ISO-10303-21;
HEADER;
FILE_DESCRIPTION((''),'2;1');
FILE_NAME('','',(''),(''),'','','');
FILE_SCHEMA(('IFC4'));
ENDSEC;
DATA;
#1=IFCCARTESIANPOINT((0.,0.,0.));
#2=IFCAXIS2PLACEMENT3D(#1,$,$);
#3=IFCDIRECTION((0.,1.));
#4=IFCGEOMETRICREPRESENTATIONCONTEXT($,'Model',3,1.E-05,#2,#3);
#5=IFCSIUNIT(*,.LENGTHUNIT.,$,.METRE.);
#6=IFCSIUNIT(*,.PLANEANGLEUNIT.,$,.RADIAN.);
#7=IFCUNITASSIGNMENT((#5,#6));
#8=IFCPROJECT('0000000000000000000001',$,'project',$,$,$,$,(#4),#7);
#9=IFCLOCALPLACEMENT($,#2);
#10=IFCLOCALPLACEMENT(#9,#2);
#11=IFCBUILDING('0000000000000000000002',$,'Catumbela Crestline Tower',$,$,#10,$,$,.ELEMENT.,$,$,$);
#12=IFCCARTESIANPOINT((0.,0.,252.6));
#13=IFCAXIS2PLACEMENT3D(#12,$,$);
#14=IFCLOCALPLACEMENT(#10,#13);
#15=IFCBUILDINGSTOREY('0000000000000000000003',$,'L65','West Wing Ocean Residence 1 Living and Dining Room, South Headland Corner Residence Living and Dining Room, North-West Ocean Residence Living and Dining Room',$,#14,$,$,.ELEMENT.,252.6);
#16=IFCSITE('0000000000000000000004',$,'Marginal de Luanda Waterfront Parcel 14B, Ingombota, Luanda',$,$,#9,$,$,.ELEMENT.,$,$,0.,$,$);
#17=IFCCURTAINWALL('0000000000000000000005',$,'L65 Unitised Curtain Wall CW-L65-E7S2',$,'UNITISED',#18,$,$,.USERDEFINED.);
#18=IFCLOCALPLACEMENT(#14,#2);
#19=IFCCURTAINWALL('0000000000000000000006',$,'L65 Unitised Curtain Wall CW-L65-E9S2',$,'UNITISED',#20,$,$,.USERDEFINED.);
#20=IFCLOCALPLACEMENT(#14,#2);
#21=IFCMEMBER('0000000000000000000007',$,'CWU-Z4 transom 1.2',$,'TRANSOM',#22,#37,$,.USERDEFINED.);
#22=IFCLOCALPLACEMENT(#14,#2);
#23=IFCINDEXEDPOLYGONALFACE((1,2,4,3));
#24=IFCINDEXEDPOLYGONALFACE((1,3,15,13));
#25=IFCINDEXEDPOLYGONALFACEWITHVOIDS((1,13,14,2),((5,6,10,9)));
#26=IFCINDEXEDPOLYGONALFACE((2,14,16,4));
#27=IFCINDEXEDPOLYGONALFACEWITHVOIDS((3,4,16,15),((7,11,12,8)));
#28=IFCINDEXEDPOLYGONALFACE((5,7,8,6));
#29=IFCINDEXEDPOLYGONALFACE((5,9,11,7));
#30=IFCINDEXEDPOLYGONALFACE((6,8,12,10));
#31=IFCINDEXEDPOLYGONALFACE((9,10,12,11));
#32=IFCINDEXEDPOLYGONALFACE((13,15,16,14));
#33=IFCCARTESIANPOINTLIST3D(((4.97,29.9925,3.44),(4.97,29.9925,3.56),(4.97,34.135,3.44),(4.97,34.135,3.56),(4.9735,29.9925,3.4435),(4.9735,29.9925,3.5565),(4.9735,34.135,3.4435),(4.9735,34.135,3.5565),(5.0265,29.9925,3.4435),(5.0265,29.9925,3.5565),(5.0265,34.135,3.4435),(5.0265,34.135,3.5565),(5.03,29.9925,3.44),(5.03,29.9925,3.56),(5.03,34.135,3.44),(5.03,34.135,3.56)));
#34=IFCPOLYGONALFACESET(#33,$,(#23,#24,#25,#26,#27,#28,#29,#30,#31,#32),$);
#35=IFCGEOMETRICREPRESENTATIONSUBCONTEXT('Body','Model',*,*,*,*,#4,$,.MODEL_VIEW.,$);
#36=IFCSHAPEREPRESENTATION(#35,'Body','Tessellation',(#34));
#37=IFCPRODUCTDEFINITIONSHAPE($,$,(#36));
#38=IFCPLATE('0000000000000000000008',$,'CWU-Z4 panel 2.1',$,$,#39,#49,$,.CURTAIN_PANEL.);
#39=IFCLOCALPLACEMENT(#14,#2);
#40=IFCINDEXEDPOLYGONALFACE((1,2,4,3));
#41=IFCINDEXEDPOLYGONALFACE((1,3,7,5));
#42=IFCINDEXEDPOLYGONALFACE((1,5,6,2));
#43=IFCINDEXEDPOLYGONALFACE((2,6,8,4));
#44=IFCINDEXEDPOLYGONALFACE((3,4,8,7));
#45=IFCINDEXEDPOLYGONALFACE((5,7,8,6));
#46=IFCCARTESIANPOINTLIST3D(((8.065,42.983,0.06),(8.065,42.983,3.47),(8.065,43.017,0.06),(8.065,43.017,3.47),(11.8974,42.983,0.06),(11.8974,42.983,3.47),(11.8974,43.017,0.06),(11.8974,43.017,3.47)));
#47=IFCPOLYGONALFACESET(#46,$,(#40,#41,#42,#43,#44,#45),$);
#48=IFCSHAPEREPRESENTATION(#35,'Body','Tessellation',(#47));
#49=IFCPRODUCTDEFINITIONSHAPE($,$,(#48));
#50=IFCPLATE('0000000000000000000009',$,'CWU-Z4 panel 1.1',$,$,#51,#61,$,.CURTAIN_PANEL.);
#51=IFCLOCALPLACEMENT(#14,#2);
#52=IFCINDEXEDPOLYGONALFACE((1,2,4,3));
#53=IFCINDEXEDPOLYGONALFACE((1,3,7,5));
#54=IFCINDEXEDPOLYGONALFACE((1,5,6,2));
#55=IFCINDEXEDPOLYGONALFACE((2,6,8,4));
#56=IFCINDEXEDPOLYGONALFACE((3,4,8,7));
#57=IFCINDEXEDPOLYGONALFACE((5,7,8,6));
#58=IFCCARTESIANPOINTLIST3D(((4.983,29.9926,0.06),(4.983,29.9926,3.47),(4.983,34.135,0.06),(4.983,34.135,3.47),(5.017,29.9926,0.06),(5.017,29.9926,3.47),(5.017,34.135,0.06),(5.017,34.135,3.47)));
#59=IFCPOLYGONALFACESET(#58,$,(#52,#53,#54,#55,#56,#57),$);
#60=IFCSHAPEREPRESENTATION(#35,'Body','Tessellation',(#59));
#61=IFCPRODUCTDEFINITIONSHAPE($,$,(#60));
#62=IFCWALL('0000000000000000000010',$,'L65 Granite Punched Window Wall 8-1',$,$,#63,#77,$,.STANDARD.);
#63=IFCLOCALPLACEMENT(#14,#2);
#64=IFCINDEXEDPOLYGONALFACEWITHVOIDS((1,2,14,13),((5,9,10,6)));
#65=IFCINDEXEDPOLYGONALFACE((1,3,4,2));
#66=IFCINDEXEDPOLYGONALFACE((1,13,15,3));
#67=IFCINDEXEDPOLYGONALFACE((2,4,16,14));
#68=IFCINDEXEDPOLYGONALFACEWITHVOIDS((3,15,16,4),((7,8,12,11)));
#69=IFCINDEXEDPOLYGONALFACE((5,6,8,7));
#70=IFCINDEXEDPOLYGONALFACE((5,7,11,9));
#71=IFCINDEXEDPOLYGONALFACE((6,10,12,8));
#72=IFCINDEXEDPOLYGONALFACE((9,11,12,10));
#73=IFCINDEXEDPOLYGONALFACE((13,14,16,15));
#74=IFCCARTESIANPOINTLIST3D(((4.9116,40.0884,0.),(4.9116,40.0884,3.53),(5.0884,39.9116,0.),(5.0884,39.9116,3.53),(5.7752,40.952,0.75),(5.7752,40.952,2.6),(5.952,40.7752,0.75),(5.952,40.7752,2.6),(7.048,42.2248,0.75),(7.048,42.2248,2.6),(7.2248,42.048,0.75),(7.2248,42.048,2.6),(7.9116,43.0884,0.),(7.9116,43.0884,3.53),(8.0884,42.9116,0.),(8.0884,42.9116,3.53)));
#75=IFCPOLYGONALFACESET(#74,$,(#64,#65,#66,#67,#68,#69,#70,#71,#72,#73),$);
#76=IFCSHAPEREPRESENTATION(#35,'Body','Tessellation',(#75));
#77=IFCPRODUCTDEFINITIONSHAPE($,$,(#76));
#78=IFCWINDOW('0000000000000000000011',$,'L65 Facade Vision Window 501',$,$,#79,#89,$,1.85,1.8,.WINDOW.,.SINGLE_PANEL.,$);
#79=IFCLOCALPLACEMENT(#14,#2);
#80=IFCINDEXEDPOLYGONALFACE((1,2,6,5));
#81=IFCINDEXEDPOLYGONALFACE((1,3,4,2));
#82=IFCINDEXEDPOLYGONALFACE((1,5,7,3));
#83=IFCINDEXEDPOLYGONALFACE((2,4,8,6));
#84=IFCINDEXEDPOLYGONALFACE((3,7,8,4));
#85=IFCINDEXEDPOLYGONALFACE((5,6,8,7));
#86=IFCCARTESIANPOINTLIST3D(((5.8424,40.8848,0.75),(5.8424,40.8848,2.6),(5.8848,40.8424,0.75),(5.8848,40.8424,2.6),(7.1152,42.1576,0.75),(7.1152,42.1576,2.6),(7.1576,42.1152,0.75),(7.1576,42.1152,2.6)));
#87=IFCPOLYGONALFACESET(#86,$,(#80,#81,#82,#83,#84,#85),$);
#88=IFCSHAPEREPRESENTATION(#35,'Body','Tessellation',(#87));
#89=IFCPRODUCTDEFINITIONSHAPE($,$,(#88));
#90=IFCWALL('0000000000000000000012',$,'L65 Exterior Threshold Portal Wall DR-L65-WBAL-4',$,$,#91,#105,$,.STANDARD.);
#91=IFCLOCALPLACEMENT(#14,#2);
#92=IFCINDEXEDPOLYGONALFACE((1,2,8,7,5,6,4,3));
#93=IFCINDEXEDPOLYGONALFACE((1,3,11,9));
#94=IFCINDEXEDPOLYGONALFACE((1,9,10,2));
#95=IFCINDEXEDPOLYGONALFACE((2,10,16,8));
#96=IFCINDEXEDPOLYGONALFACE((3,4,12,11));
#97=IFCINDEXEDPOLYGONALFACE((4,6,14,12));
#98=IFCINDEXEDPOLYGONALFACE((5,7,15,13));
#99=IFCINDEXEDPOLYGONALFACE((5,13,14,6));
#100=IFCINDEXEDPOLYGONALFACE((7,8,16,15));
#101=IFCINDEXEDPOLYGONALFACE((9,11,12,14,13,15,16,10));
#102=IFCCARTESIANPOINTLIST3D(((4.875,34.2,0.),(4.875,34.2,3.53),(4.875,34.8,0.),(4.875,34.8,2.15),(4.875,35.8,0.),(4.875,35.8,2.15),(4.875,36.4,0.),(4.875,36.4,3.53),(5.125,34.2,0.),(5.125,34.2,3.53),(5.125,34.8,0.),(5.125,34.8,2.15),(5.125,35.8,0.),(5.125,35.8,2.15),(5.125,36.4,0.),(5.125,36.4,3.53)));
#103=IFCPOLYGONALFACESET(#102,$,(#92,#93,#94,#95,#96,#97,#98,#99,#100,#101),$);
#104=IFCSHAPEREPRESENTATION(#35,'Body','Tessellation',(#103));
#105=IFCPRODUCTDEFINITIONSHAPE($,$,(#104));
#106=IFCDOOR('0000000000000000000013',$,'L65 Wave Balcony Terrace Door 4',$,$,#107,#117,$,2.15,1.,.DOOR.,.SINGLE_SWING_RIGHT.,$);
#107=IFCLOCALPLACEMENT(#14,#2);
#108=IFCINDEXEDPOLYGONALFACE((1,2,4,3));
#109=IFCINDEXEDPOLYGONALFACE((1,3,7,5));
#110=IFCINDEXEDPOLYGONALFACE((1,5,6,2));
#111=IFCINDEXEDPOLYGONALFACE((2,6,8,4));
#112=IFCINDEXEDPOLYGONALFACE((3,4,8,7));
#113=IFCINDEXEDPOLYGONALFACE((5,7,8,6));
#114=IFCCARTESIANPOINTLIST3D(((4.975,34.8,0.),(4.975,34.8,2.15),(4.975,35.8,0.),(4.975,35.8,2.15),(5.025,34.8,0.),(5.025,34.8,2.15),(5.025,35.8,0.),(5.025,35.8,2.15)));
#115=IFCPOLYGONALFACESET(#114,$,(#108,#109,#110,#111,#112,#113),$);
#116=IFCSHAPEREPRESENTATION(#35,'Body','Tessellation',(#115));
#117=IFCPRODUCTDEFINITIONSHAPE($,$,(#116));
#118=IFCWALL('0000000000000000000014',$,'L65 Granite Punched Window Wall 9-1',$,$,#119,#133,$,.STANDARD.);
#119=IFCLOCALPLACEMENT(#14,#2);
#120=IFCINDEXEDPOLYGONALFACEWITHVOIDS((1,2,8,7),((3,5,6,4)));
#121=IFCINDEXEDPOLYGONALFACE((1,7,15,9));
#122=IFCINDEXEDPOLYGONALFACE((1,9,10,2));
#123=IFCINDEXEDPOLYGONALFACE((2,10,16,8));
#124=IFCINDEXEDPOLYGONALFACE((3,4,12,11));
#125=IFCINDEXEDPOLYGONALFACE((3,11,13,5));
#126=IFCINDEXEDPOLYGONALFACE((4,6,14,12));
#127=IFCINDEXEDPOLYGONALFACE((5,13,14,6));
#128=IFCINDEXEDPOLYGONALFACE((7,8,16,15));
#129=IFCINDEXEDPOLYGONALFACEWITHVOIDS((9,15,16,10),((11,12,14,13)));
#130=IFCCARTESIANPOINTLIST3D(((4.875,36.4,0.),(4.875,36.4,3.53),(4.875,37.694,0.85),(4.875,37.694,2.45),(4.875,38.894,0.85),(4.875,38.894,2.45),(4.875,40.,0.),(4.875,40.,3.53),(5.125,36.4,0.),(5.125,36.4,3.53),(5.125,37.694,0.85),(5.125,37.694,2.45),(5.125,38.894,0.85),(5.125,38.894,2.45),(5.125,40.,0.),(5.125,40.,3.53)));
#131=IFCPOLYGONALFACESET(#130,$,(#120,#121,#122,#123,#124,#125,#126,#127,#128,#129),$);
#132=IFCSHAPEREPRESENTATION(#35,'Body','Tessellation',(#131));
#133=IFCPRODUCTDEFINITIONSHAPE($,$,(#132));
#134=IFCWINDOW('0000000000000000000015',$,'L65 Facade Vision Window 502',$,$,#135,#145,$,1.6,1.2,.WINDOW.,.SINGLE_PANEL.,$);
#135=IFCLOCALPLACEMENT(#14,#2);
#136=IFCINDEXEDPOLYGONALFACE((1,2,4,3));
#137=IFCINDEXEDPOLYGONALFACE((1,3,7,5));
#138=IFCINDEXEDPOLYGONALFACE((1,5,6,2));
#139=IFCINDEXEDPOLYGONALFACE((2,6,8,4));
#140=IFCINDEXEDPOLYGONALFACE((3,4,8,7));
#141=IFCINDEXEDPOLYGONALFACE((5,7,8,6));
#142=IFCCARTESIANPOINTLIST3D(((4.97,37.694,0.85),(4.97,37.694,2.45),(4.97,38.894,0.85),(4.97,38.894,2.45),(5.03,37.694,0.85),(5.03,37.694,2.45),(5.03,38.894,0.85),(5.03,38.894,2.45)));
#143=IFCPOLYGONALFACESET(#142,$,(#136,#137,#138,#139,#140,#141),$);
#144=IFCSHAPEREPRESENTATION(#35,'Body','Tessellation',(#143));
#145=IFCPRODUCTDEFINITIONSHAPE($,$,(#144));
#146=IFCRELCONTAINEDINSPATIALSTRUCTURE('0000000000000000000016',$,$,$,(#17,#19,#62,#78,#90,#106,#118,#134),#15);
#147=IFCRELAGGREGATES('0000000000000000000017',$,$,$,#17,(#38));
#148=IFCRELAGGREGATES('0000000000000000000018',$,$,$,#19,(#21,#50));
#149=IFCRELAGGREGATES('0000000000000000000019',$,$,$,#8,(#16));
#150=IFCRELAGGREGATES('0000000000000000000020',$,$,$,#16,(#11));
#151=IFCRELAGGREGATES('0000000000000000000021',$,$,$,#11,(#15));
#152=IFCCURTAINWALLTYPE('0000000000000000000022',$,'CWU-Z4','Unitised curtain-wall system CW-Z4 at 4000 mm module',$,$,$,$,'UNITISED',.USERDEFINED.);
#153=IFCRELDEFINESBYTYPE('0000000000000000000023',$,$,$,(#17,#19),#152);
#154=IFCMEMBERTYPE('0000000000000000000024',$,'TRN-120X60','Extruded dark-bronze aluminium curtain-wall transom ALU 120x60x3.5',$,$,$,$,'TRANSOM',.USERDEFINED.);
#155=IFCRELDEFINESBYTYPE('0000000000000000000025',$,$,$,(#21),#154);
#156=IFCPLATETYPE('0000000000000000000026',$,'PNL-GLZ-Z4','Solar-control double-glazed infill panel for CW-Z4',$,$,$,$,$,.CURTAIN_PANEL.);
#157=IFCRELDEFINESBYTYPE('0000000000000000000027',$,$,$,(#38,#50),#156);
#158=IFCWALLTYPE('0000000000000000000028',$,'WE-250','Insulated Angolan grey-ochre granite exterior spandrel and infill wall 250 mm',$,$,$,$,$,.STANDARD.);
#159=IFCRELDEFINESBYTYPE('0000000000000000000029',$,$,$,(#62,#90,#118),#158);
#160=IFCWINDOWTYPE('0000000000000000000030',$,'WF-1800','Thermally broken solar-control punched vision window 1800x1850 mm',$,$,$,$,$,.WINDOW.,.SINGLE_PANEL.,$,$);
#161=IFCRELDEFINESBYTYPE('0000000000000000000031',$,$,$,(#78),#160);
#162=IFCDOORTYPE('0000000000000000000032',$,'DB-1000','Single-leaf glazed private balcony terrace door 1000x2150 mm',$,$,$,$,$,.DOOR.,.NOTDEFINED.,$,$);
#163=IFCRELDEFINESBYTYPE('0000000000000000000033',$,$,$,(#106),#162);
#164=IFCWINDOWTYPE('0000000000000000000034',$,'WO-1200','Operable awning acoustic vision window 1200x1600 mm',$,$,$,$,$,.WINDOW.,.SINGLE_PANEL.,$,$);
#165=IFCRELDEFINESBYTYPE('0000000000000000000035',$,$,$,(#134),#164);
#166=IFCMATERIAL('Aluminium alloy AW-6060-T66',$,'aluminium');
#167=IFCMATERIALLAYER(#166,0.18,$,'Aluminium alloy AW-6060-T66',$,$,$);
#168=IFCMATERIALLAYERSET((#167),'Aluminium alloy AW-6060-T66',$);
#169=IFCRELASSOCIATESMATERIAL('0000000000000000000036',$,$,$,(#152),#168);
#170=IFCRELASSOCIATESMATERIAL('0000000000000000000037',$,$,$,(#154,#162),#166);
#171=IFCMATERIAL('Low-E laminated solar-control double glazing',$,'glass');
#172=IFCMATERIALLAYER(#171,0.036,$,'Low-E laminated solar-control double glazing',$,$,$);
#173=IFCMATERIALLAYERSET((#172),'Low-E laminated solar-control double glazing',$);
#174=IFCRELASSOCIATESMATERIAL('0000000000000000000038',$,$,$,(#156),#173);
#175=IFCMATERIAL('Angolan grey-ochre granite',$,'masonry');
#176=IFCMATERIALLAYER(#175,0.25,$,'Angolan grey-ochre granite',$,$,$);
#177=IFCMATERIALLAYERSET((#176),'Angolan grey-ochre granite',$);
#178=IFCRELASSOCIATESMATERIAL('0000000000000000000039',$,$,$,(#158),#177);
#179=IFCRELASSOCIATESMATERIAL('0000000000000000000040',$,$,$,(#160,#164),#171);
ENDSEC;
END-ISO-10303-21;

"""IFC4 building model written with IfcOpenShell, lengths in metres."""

from ifc_helpers import new_model, si_unit, direction, frame, frame_2d, origin, origin_2d, place, context, subcontext, project, spatial, rectangle, hollow_rectangle, extrude, material, layer, layer_set, material_profile, profile_set, type_object, element, fill, aggregate, save


model = new_model("IFC4")

# Units and contexts
model_context = context("Model", 3, precision=1e-05, world=origin(), true_north=direction((0.0, 1.0)))
body_context = subcontext(model_context, "Body", "Model", "MODEL_VIEW")
ifc_project = project(units=[si_unit("LENGTHUNIT", "METRE"), si_unit("PLANEANGLEUNIT", "RADIAN")], contexts=[model_context])

# Site, building, storey
site_placement = place(None, origin())
site = spatial("IfcSite", under=ifc_project, at=site_placement, Name="Marginal de Luanda Waterfront Parcel 14B, Ingombota, Luanda", CompositionType="ELEMENT", RefElevation=0.0)
building_placement = place(site_placement, origin())
building = spatial("IfcBuilding", under=site, at=building_placement, Name="Catumbela Crestline Tower", CompositionType="ELEMENT")
storey_placement = place(building_placement, frame((0.0, 0.0, 252.6)))
storey = spatial("IfcBuildingStorey", under=building, at=storey_placement, Name="L65", Description="West Wing Ocean Residence 1 Living and Dining Room, South Headland Corner Residence Living and Dining Room, North-West Ocean Residence Living and Dining Room", CompositionType="ELEMENT", Elevation=252.6)

# Curtain walls
ifc_material_1 = material(Name="Aluminium alloy AW-6060-T66", Category="aluminium")
ifc_layer_1 = layer(ifc_material_1, 0.18, Name="Aluminium alloy AW-6060-T66")
ifc_layer_set_1 = layer_set([ifc_layer_1], Name="Aluminium alloy AW-6060-T66")
curtain_wall_type = type_object("IfcCurtainWallType", Name="CWU-Z4", Description="Unitised curtain-wall system CW-Z4 at 4000 mm module", ElementType="UNITISED", PredefinedType="USERDEFINED", material=ifc_layer_set_1)
curtain_wall_1_placement = place(storey_placement, origin())
curtain_wall_1 = element("IfcCurtainWall", 1, at=curtain_wall_1_placement, inside=storey, type_object=curtain_wall_type, Name="L65 Unitised Curtain Wall CW-L65-E7S2", ObjectType="UNITISED", PredefinedType="USERDEFINED")
curtain_wall_2_placement = place(storey_placement, origin())
curtain_wall_2 = element("IfcCurtainWall", 2, at=curtain_wall_2_placement, inside=storey, type_object=curtain_wall_type, Name="L65 Unitised Curtain Wall CW-L65-E9S2", ObjectType="UNITISED", PredefinedType="USERDEFINED")

# Member
ifc_material_profile_1 = material_profile(ifc_material_1, hollow_rectangle(XDim=0.06, YDim=0.12, WallThickness=0.0035, at=origin_2d()), Name="ALU 120x60x3.5")
ifc_profile_set_1 = profile_set([ifc_material_profile_1], Name="Aluminium alloy AW-6060-T66")
member_type_1 = type_object("IfcMemberType", Name="TRN-120X60", Description="Extruded dark-bronze aluminium curtain-wall transom ALU 120x60x3.5", ElementType="TRANSOM", PredefinedType="USERDEFINED", material=ifc_profile_set_1)
member_1_placement = place(storey_placement, frame((5.0, 34.135, 3.5), z_axis=(0.0, -1.0, 0.0), x_axis=(1.0, 0.0, 0.0)))
member_1 = element("IfcMember", 3, at=member_1_placement, type_object=member_type_1, Name="CWU-Z4 transom 1.2", ObjectType="TRANSOM", PredefinedType="USERDEFINED", context=body_context, shape_type="SweptSolid", body=[
    extrude(hollow_rectangle(XDim=0.06, YDim=0.12, WallThickness=0.0035, at=origin_2d()), origin(), (0.0, 0.0, 1.0), 4.1425),
])

# Plates
ifc_material_2 = material(Name="Low-E laminated solar-control double glazing", Category="glass")
ifc_layer_2 = layer(ifc_material_2, 0.036, Name="Low-E laminated solar-control double glazing")
ifc_layer_set_2 = layer_set([ifc_layer_2], Name="Low-E laminated solar-control double glazing")
plate_type = type_object("IfcPlateType", Name="PNL-GLZ-Z4", Description="Solar-control double-glazed infill panel for CW-Z4", PredefinedType="CURTAIN_PANEL", material=ifc_layer_set_2)
plate_1_placement = place(storey_placement, frame((9.9812, 43.0, 0.06), z_axis=(0.0, 0.0, 1.0), x_axis=(-1.0, 0.0, 0.0)))
plate_1 = element("IfcPlate", 4, at=plate_1_placement, type_object=plate_type, Name="CWU-Z4 panel 2.1", PredefinedType="CURTAIN_PANEL", context=body_context, shape_type="SweptSolid", body=[
    extrude(rectangle(XDim=3.8325, YDim=0.034, at=origin_2d()), origin(), (0.0, 0.0, 1.0), 3.41),
])
aggregate(curtain_wall_1, [plate_1])
plate_2_placement = place(storey_placement, frame((5.0, 32.0638, 0.06), z_axis=(0.0, 0.0, 1.0), x_axis=(0.0, -1.0, 0.0)))
plate_2 = element("IfcPlate", 5, at=plate_2_placement, type_object=plate_type, Name="CWU-Z4 panel 1.1", PredefinedType="CURTAIN_PANEL", context=body_context, shape_type="SweptSolid", body=[
    extrude(rectangle(XDim=4.1425, YDim=0.034, at=origin_2d()), origin(), (0.0, 0.0, 1.0), 3.41),
])
aggregate(curtain_wall_2, [member_1, plate_2])

# Wall, opening, window
ifc_material_3 = material(Name="Angolan grey-ochre granite", Category="masonry")
ifc_layer_3 = layer(ifc_material_3, 0.25, Name="Angolan grey-ochre granite")
ifc_layer_set_3 = layer_set([ifc_layer_3], Name="Angolan grey-ochre granite")
wall_type_1 = type_object("IfcWallType", Name="WE-250", Description="Insulated Angolan grey-ochre granite exterior spandrel and infill wall 250 mm", PredefinedType="STANDARD", material=ifc_layer_set_3)
wall_1_placement = place(storey_placement, frame((8.0, 43.0, 0.0), z_axis=(0.0, 0.0, 1.0), x_axis=(-0.707107, -0.707107, 0.0)))
wall_1 = element("IfcWall", 6, at=wall_1_placement, inside=storey, type_object=wall_type_1, Name="L65 Granite Punched Window Wall 8-1", PredefinedType="STANDARD", context=body_context, shape_type="SweptSolid", body=[
    extrude(rectangle(XDim=4.2426, YDim=0.25, at=frame_2d((2.1213, 0.0))), origin(), (0.0, 0.0, 1.0), 3.53),
])
opening_1_placement = place(wall_1_placement, frame((1.2213, 0.0, 0.75)))
opening_1 = element("IfcOpeningElement", 7, at=opening_1_placement, cuts=wall_1, PredefinedType="OPENING", context=body_context, shape_type="SweptSolid", body=[
    extrude(rectangle(XDim=1.8, YDim=1.85, at=frame_2d((0.9, 0.925))), frame((0.0, 0.135, 0.0), z_axis=(0.0, -1.0, 0.0), x_axis=(1.0, 0.0, 0.0)), (0.0, 0.0, 1.0), 0.27),
])
window_type_1 = type_object("IfcWindowType", Name="WF-1800", Description="Thermally broken solar-control punched vision window 1800x1850 mm", PartitioningType="SINGLE_PANEL", PredefinedType="WINDOW", material=ifc_material_2)
window_1_placement = place(opening_1_placement, origin())
window_1 = element("IfcWindow", 8, at=window_1_placement, inside=storey, type_object=window_type_1, Name="L65 Facade Vision Window 501", OverallHeight=1.85, OverallWidth=1.8, PartitioningType="SINGLE_PANEL", PredefinedType="WINDOW", context=body_context, shape_type="SweptSolid", body=[
    extrude(rectangle(XDim=1.8, YDim=1.85, at=frame_2d((0.9, 0.925))), frame((0.0, 0.03, 0.0), z_axis=(0.0, -1.0, 0.0), x_axis=(1.0, 0.0, 0.0)), (0.0, 0.0, 1.0), 0.06),
])
fill(opening_1, window_1)

# Wall, opening, door
wall_2_placement = place(storey_placement, frame((5.0, 36.4, 0.0), z_axis=(0.0, 0.0, 1.0), x_axis=(0.0, -1.0, 0.0)))
wall_2 = element("IfcWall", 9, at=wall_2_placement, inside=storey, type_object=wall_type_1, Name="L65 Exterior Threshold Portal Wall DR-L65-WBAL-4", PredefinedType="STANDARD", context=body_context, shape_type="SweptSolid", body=[
    extrude(rectangle(XDim=2.2, YDim=0.25, at=frame_2d((1.1, 0.0))), origin(), (0.0, 0.0, 1.0), 3.53),
])
opening_2_placement = place(wall_2_placement, frame((0.6, 0.0, 0.0)))
opening_2 = element("IfcOpeningElement", 10, at=opening_2_placement, cuts=wall_2, PredefinedType="OPENING", context=body_context, shape_type="SweptSolid", body=[
    extrude(rectangle(XDim=1.0, YDim=2.15, at=frame_2d((0.5, 1.075))), frame((0.0, 0.135, 0.0), z_axis=(0.0, -1.0, 0.0), x_axis=(1.0, 0.0, 0.0)), (0.0, 0.0, 1.0), 0.27),
])
door_type_1 = type_object("IfcDoorType", Name="DB-1000", Description="Single-leaf glazed private balcony terrace door 1000x2150 mm", OperationType="NOTDEFINED", PredefinedType="DOOR", material=ifc_material_1)
door_1_placement = place(opening_2_placement, origin())
door_1 = element("IfcDoor", 11, at=door_1_placement, inside=storey, type_object=door_type_1, Name="L65 Wave Balcony Terrace Door 4", OperationType="SINGLE_SWING_RIGHT", OverallHeight=2.15, OverallWidth=1.0, PredefinedType="DOOR", context=body_context, shape_type="SweptSolid", body=[
    extrude(rectangle(XDim=1.0, YDim=2.15, at=frame_2d((0.5, 1.075))), frame((0.0, 0.025, 0.0), z_axis=(0.0, -1.0, 0.0), x_axis=(1.0, 0.0, 0.0)), (0.0, 0.0, 1.0), 0.05),
])
fill(opening_2, door_1)

# Wall, opening, window
wall_3_placement = place(storey_placement, frame((5.0, 40.0, 0.0), z_axis=(0.0, 0.0, 1.0), x_axis=(0.0, -1.0, 0.0)))
wall_3 = element("IfcWall", 12, at=wall_3_placement, inside=storey, type_object=wall_type_1, Name="L65 Granite Punched Window Wall 9-1", PredefinedType="STANDARD", context=body_context, shape_type="SweptSolid", body=[
    extrude(rectangle(XDim=3.6, YDim=0.25, at=frame_2d((1.8, 0.0))), origin(), (0.0, 0.0, 1.0), 3.53),
])
opening_3_placement = place(wall_3_placement, frame((1.106, 0.0, 0.85)))
opening_3 = element("IfcOpeningElement", 13, at=opening_3_placement, cuts=wall_3, PredefinedType="OPENING", context=body_context, shape_type="SweptSolid", body=[
    extrude(rectangle(XDim=1.2, YDim=1.6, at=frame_2d((0.6, 0.8))), frame((0.0, 0.135, 0.0), z_axis=(0.0, -1.0, 0.0), x_axis=(1.0, 0.0, 0.0)), (0.0, 0.0, 1.0), 0.27),
])
window_type_2 = type_object("IfcWindowType", Name="WO-1200", Description="Operable awning acoustic vision window 1200x1600 mm", PartitioningType="SINGLE_PANEL", PredefinedType="WINDOW", material=ifc_material_2)
window_2_placement = place(opening_3_placement, origin())
window_2 = element("IfcWindow", 14, at=window_2_placement, inside=storey, type_object=window_type_2, Name="L65 Facade Vision Window 502", OverallHeight=1.6, OverallWidth=1.2, PartitioningType="SINGLE_PANEL", PredefinedType="WINDOW", context=body_context, shape_type="SweptSolid", body=[
    extrude(rectangle(XDim=1.2, YDim=1.6, at=frame_2d((0.6, 0.8))), frame((0.0, 0.03, 0.0), z_axis=(0.0, -1.0, 0.0), x_axis=(1.0, 0.0, 0.0)), (0.0, 0.0, 1.0), 0.06),
])
fill(opening_3, window_2)

save(model, "model.ifc")
